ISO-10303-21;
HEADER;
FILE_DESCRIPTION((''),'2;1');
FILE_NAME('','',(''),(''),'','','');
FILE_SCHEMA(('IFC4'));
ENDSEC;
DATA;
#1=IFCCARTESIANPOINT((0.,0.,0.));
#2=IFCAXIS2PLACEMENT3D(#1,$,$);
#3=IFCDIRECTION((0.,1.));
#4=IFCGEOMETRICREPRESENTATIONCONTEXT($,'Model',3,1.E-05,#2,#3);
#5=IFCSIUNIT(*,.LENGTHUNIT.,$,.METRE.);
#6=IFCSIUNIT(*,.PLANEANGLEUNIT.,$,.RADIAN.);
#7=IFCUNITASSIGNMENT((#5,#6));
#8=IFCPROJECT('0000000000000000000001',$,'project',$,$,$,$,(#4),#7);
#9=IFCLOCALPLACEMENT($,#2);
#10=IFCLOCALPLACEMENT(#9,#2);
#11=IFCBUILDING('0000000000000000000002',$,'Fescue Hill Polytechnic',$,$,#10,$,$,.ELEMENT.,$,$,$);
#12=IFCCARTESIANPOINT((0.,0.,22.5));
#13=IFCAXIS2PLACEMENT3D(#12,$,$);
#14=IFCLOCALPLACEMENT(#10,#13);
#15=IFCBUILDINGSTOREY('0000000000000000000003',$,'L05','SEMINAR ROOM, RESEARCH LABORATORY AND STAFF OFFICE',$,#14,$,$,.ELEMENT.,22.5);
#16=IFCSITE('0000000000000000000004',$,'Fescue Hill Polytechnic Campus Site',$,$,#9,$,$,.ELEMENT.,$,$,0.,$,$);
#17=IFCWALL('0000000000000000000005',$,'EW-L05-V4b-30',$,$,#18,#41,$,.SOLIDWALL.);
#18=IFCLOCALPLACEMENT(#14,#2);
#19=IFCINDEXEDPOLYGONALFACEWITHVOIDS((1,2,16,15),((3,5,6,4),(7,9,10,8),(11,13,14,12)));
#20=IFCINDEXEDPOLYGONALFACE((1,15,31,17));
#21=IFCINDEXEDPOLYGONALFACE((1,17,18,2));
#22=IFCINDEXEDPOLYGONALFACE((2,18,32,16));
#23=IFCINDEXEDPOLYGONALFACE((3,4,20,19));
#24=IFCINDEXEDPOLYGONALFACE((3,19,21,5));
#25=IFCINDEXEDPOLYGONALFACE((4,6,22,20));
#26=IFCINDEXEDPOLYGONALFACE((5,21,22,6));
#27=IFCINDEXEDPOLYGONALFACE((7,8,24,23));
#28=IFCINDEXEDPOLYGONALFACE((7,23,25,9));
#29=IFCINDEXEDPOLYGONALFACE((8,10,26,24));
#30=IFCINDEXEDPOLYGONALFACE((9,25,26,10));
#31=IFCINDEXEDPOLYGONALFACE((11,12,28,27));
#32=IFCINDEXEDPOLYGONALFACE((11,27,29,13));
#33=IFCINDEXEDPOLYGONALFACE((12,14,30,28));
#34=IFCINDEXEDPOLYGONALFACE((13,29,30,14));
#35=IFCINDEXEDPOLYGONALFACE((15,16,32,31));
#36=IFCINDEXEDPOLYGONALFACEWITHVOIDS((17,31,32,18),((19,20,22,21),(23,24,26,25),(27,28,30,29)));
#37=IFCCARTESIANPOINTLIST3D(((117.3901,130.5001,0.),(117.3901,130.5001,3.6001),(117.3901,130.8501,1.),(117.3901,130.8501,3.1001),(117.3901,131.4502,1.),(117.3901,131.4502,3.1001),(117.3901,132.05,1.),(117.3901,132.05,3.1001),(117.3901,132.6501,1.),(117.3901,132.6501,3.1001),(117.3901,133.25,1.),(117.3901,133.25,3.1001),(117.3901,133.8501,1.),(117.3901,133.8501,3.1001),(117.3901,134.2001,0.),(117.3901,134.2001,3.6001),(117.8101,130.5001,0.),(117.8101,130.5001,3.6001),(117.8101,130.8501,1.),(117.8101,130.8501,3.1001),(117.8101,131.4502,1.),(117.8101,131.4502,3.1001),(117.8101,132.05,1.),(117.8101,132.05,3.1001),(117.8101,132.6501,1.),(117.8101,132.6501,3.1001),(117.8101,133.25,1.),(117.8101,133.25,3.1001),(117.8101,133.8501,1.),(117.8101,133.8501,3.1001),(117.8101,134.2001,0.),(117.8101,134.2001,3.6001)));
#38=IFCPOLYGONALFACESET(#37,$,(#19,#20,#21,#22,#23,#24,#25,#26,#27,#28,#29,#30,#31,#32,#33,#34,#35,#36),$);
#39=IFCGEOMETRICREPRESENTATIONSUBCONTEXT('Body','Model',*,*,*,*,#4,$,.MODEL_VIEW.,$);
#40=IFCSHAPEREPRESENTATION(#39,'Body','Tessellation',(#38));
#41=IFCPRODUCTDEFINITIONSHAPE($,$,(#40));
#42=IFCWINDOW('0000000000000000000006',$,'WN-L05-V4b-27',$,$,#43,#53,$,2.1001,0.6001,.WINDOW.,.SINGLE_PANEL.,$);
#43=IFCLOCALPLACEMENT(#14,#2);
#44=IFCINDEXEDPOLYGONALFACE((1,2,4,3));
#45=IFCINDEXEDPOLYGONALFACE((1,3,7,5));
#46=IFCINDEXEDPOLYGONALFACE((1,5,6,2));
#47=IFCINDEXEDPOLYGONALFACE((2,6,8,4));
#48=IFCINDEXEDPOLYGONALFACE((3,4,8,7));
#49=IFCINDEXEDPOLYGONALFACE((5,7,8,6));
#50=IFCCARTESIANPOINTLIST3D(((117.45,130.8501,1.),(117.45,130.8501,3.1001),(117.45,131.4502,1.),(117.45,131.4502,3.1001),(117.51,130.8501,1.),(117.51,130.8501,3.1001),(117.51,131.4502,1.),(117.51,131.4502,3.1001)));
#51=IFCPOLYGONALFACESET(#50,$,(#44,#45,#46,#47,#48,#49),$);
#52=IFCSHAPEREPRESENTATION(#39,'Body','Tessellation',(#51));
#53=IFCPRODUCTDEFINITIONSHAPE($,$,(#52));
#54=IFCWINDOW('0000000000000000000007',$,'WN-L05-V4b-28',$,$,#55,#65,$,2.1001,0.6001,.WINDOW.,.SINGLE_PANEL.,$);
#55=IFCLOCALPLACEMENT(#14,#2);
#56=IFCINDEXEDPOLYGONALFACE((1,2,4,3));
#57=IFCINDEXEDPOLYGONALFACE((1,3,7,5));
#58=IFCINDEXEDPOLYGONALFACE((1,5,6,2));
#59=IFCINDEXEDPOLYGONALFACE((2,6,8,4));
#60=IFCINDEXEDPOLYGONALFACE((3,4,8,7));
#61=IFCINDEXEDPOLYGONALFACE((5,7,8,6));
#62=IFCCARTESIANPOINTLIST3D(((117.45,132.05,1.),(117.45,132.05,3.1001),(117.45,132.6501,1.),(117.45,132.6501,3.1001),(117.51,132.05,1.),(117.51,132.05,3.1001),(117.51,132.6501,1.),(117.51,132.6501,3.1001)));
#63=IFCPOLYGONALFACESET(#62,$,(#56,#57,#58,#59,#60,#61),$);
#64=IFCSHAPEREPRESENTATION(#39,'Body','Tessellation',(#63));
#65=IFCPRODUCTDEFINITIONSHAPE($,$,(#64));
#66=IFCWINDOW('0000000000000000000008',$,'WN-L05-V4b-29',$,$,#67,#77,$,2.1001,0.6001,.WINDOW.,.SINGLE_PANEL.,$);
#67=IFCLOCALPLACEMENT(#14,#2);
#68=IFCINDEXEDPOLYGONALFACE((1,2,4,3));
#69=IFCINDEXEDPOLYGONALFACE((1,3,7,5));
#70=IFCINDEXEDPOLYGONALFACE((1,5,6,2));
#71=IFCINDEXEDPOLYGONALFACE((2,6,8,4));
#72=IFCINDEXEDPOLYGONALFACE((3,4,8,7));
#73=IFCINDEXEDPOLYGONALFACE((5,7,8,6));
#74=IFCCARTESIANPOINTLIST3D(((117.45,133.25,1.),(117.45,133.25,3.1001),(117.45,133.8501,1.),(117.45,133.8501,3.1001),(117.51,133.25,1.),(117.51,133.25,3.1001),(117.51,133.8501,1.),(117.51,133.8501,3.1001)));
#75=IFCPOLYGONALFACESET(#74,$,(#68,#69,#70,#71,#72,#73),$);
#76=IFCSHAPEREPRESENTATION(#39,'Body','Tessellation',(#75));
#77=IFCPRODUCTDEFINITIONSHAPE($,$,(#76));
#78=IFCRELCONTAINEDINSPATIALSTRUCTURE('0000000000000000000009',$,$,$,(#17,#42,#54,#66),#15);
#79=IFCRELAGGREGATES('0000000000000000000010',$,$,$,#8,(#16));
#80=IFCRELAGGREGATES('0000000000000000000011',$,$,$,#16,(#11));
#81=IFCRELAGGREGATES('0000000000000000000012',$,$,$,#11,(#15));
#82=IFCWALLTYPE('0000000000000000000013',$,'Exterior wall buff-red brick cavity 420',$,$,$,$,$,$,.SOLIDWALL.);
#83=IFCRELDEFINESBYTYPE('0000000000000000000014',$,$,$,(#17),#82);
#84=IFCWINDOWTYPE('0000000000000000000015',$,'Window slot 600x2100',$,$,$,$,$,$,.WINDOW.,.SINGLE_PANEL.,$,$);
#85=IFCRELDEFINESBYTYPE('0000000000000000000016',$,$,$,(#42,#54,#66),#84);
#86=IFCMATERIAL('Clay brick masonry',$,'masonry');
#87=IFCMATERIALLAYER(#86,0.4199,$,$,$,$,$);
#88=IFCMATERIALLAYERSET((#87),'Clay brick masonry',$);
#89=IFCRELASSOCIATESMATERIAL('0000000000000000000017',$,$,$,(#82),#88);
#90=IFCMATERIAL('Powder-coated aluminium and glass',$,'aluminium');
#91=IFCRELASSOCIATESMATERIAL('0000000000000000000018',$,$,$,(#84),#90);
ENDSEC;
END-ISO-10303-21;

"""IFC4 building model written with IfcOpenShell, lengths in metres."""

from ifc_helpers import new_model, si_unit, direction, frame, frame_2d, origin, place, context, subcontext, project, spatial, rectangle, extrude, material, layer, layer_set, type_object, element, fill, save


model = new_model("IFC4")

# Units and contexts
model_context = context("Model", 3, precision=1e-05, world=origin(), true_north=direction((0.0, 1.0)))
body_context = subcontext(model_context, "Body", "Model", "MODEL_VIEW")
ifc_project = project(units=[si_unit("LENGTHUNIT", "METRE"), si_unit("PLANEANGLEUNIT", "RADIAN")], contexts=[model_context])

# Site, building, storey
site_placement = place(None, origin())
site = spatial("IfcSite", under=ifc_project, at=site_placement, Name="Fescue Hill Polytechnic Campus Site", CompositionType="ELEMENT", RefElevation=0.0)
building_placement = place(site_placement, origin())
building = spatial("IfcBuilding", under=site, at=building_placement, Name="Fescue Hill Polytechnic", CompositionType="ELEMENT")
storey_placement = place(building_placement, frame((0.0, 0.0, 22.5)))
storey = spatial("IfcBuildingStorey", under=building, at=storey_placement, Name="L05", Description="SEMINAR ROOM, RESEARCH LABORATORY AND STAFF OFFICE", CompositionType="ELEMENT", Elevation=22.5)

# Wall, openings, windows
ifc_material_1 = material(Name="Clay brick masonry", Category="masonry")
ifc_layer_1 = layer(ifc_material_1, 0.4199)
ifc_layer_set_1 = layer_set([ifc_layer_1], Name="Clay brick masonry")
wall_type_1 = type_object("IfcWallType", Name="Exterior wall buff-red brick cavity 420", PredefinedType="SOLIDWALL", material=ifc_layer_set_1)
wall_1_placement = place(storey_placement, frame((117.6001, 130.5, 0.0), z_axis=(0.0, 0.0, 1.0), x_axis=(0.0, 1.0, 0.0)))
wall_1 = element("IfcWall", 1, at=wall_1_placement, inside=storey, type_object=wall_type_1, Name="EW-L05-V4b-30", PredefinedType="SOLIDWALL", context=body_context, shape_type="SweptSolid", body=[
    extrude(rectangle(XDim=3.7, YDim=0.4199, at=frame_2d((1.8501, 0.0))), origin(), (0.0, 0.0, 1.0), 3.6001),
])
opening_1_placement = place(wall_1_placement, frame((0.3501, 0.0, 1.0)))
opening_1 = element("IfcOpeningElement", 2, at=opening_1_placement, cuts=wall_1, PredefinedType="OPENING", context=body_context, shape_type="SweptSolid", body=[
    extrude(rectangle(XDim=0.6001, YDim=2.1001, at=frame_2d((0.3, 1.05))), frame((0.0, 0.22, 0.0), z_axis=(0.0, -1.0, 0.0), x_axis=(1.0, 0.0, 0.0)), (0.0, 0.0, 1.0), 0.4399),
])
opening_2_placement = place(wall_1_placement, frame((1.55, 0.0, 1.0)))
opening_2 = element("IfcOpeningElement", 3, at=opening_2_placement, cuts=wall_1, PredefinedType="OPENING", context=body_context, shape_type="SweptSolid", body=[
    extrude(rectangle(XDim=0.6001, YDim=2.1001, at=frame_2d((0.3, 1.05))), frame((0.0, 0.22, 0.0), z_axis=(0.0, -1.0, 0.0), x_axis=(1.0, 0.0, 0.0)), (0.0, 0.0, 1.0), 0.4399),
])
opening_3_placement = place(wall_1_placement, frame((2.75, 0.0, 1.0)))
opening_3 = element("IfcOpeningElement", 4, at=opening_3_placement, cuts=wall_1, PredefinedType="OPENING", context=body_context, shape_type="SweptSolid", body=[
    extrude(rectangle(XDim=0.6001, YDim=2.1001, at=frame_2d((0.3, 1.05))), frame((0.0, 0.22, 0.0), z_axis=(0.0, -1.0, 0.0), x_axis=(1.0, 0.0, 0.0)), (0.0, 0.0, 1.0), 0.4399),
])
ifc_material_2 = material(Name="Powder-coated aluminium and glass", Category="aluminium")
window_type = type_object("IfcWindowType", Name="Window slot 600x2100", PartitioningType="SINGLE_PANEL", PredefinedType="WINDOW", material=ifc_material_2)
window_1_placement = place(opening_1_placement, origin())
window_1 = element("IfcWindow", 5, at=window_1_placement, inside=storey, type_object=window_type, Name="WN-L05-V4b-27", OverallHeight=2.1001, OverallWidth=0.6001, PartitioningType="SINGLE_PANEL", PredefinedType="WINDOW", context=body_context, shape_type="SweptSolid", body=[
    extrude(rectangle(XDim=0.6001, YDim=2.1001, at=frame_2d((0.3, 1.05))), frame((0.0, 0.1501, 0.0), z_axis=(0.0, -1.0, 0.0), x_axis=(1.0, 0.0, 0.0)), (0.0, 0.0, 1.0), 0.0601),
])
fill(opening_1, window_1)
window_2_placement = place(opening_2_placement, origin())
window_2 = element("IfcWindow", 6, at=window_2_placement, inside=storey, type_object=window_type, Name="WN-L05-V4b-28", OverallHeight=2.1001, OverallWidth=0.6001, PartitioningType="SINGLE_PANEL", PredefinedType="WINDOW", context=body_context, shape_type="SweptSolid", body=[
    extrude(rectangle(XDim=0.6001, YDim=2.1001, at=frame_2d((0.3, 1.05))), frame((0.0, 0.1501, 0.0), z_axis=(0.0, -1.0, 0.0), x_axis=(1.0, 0.0, 0.0)), (0.0, 0.0, 1.0), 0.0601),
])
fill(opening_2, window_2)
window_3_placement = place(opening_3_placement, origin())
window_3 = element("IfcWindow", 7, at=window_3_placement, inside=storey, type_object=window_type, Name="WN-L05-V4b-29", OverallHeight=2.1001, OverallWidth=0.6001, PartitioningType="SINGLE_PANEL", PredefinedType="WINDOW", context=body_context, shape_type="SweptSolid", body=[
    extrude(rectangle(XDim=0.6001, YDim=2.1001, at=frame_2d((0.3, 1.05))), frame((0.0, 0.1501, 0.0), z_axis=(0.0, -1.0, 0.0), x_axis=(1.0, 0.0, 0.0)), (0.0, 0.0, 1.0), 0.0601),
])
fill(opening_3, window_3)

save(model, "model.ifc")
